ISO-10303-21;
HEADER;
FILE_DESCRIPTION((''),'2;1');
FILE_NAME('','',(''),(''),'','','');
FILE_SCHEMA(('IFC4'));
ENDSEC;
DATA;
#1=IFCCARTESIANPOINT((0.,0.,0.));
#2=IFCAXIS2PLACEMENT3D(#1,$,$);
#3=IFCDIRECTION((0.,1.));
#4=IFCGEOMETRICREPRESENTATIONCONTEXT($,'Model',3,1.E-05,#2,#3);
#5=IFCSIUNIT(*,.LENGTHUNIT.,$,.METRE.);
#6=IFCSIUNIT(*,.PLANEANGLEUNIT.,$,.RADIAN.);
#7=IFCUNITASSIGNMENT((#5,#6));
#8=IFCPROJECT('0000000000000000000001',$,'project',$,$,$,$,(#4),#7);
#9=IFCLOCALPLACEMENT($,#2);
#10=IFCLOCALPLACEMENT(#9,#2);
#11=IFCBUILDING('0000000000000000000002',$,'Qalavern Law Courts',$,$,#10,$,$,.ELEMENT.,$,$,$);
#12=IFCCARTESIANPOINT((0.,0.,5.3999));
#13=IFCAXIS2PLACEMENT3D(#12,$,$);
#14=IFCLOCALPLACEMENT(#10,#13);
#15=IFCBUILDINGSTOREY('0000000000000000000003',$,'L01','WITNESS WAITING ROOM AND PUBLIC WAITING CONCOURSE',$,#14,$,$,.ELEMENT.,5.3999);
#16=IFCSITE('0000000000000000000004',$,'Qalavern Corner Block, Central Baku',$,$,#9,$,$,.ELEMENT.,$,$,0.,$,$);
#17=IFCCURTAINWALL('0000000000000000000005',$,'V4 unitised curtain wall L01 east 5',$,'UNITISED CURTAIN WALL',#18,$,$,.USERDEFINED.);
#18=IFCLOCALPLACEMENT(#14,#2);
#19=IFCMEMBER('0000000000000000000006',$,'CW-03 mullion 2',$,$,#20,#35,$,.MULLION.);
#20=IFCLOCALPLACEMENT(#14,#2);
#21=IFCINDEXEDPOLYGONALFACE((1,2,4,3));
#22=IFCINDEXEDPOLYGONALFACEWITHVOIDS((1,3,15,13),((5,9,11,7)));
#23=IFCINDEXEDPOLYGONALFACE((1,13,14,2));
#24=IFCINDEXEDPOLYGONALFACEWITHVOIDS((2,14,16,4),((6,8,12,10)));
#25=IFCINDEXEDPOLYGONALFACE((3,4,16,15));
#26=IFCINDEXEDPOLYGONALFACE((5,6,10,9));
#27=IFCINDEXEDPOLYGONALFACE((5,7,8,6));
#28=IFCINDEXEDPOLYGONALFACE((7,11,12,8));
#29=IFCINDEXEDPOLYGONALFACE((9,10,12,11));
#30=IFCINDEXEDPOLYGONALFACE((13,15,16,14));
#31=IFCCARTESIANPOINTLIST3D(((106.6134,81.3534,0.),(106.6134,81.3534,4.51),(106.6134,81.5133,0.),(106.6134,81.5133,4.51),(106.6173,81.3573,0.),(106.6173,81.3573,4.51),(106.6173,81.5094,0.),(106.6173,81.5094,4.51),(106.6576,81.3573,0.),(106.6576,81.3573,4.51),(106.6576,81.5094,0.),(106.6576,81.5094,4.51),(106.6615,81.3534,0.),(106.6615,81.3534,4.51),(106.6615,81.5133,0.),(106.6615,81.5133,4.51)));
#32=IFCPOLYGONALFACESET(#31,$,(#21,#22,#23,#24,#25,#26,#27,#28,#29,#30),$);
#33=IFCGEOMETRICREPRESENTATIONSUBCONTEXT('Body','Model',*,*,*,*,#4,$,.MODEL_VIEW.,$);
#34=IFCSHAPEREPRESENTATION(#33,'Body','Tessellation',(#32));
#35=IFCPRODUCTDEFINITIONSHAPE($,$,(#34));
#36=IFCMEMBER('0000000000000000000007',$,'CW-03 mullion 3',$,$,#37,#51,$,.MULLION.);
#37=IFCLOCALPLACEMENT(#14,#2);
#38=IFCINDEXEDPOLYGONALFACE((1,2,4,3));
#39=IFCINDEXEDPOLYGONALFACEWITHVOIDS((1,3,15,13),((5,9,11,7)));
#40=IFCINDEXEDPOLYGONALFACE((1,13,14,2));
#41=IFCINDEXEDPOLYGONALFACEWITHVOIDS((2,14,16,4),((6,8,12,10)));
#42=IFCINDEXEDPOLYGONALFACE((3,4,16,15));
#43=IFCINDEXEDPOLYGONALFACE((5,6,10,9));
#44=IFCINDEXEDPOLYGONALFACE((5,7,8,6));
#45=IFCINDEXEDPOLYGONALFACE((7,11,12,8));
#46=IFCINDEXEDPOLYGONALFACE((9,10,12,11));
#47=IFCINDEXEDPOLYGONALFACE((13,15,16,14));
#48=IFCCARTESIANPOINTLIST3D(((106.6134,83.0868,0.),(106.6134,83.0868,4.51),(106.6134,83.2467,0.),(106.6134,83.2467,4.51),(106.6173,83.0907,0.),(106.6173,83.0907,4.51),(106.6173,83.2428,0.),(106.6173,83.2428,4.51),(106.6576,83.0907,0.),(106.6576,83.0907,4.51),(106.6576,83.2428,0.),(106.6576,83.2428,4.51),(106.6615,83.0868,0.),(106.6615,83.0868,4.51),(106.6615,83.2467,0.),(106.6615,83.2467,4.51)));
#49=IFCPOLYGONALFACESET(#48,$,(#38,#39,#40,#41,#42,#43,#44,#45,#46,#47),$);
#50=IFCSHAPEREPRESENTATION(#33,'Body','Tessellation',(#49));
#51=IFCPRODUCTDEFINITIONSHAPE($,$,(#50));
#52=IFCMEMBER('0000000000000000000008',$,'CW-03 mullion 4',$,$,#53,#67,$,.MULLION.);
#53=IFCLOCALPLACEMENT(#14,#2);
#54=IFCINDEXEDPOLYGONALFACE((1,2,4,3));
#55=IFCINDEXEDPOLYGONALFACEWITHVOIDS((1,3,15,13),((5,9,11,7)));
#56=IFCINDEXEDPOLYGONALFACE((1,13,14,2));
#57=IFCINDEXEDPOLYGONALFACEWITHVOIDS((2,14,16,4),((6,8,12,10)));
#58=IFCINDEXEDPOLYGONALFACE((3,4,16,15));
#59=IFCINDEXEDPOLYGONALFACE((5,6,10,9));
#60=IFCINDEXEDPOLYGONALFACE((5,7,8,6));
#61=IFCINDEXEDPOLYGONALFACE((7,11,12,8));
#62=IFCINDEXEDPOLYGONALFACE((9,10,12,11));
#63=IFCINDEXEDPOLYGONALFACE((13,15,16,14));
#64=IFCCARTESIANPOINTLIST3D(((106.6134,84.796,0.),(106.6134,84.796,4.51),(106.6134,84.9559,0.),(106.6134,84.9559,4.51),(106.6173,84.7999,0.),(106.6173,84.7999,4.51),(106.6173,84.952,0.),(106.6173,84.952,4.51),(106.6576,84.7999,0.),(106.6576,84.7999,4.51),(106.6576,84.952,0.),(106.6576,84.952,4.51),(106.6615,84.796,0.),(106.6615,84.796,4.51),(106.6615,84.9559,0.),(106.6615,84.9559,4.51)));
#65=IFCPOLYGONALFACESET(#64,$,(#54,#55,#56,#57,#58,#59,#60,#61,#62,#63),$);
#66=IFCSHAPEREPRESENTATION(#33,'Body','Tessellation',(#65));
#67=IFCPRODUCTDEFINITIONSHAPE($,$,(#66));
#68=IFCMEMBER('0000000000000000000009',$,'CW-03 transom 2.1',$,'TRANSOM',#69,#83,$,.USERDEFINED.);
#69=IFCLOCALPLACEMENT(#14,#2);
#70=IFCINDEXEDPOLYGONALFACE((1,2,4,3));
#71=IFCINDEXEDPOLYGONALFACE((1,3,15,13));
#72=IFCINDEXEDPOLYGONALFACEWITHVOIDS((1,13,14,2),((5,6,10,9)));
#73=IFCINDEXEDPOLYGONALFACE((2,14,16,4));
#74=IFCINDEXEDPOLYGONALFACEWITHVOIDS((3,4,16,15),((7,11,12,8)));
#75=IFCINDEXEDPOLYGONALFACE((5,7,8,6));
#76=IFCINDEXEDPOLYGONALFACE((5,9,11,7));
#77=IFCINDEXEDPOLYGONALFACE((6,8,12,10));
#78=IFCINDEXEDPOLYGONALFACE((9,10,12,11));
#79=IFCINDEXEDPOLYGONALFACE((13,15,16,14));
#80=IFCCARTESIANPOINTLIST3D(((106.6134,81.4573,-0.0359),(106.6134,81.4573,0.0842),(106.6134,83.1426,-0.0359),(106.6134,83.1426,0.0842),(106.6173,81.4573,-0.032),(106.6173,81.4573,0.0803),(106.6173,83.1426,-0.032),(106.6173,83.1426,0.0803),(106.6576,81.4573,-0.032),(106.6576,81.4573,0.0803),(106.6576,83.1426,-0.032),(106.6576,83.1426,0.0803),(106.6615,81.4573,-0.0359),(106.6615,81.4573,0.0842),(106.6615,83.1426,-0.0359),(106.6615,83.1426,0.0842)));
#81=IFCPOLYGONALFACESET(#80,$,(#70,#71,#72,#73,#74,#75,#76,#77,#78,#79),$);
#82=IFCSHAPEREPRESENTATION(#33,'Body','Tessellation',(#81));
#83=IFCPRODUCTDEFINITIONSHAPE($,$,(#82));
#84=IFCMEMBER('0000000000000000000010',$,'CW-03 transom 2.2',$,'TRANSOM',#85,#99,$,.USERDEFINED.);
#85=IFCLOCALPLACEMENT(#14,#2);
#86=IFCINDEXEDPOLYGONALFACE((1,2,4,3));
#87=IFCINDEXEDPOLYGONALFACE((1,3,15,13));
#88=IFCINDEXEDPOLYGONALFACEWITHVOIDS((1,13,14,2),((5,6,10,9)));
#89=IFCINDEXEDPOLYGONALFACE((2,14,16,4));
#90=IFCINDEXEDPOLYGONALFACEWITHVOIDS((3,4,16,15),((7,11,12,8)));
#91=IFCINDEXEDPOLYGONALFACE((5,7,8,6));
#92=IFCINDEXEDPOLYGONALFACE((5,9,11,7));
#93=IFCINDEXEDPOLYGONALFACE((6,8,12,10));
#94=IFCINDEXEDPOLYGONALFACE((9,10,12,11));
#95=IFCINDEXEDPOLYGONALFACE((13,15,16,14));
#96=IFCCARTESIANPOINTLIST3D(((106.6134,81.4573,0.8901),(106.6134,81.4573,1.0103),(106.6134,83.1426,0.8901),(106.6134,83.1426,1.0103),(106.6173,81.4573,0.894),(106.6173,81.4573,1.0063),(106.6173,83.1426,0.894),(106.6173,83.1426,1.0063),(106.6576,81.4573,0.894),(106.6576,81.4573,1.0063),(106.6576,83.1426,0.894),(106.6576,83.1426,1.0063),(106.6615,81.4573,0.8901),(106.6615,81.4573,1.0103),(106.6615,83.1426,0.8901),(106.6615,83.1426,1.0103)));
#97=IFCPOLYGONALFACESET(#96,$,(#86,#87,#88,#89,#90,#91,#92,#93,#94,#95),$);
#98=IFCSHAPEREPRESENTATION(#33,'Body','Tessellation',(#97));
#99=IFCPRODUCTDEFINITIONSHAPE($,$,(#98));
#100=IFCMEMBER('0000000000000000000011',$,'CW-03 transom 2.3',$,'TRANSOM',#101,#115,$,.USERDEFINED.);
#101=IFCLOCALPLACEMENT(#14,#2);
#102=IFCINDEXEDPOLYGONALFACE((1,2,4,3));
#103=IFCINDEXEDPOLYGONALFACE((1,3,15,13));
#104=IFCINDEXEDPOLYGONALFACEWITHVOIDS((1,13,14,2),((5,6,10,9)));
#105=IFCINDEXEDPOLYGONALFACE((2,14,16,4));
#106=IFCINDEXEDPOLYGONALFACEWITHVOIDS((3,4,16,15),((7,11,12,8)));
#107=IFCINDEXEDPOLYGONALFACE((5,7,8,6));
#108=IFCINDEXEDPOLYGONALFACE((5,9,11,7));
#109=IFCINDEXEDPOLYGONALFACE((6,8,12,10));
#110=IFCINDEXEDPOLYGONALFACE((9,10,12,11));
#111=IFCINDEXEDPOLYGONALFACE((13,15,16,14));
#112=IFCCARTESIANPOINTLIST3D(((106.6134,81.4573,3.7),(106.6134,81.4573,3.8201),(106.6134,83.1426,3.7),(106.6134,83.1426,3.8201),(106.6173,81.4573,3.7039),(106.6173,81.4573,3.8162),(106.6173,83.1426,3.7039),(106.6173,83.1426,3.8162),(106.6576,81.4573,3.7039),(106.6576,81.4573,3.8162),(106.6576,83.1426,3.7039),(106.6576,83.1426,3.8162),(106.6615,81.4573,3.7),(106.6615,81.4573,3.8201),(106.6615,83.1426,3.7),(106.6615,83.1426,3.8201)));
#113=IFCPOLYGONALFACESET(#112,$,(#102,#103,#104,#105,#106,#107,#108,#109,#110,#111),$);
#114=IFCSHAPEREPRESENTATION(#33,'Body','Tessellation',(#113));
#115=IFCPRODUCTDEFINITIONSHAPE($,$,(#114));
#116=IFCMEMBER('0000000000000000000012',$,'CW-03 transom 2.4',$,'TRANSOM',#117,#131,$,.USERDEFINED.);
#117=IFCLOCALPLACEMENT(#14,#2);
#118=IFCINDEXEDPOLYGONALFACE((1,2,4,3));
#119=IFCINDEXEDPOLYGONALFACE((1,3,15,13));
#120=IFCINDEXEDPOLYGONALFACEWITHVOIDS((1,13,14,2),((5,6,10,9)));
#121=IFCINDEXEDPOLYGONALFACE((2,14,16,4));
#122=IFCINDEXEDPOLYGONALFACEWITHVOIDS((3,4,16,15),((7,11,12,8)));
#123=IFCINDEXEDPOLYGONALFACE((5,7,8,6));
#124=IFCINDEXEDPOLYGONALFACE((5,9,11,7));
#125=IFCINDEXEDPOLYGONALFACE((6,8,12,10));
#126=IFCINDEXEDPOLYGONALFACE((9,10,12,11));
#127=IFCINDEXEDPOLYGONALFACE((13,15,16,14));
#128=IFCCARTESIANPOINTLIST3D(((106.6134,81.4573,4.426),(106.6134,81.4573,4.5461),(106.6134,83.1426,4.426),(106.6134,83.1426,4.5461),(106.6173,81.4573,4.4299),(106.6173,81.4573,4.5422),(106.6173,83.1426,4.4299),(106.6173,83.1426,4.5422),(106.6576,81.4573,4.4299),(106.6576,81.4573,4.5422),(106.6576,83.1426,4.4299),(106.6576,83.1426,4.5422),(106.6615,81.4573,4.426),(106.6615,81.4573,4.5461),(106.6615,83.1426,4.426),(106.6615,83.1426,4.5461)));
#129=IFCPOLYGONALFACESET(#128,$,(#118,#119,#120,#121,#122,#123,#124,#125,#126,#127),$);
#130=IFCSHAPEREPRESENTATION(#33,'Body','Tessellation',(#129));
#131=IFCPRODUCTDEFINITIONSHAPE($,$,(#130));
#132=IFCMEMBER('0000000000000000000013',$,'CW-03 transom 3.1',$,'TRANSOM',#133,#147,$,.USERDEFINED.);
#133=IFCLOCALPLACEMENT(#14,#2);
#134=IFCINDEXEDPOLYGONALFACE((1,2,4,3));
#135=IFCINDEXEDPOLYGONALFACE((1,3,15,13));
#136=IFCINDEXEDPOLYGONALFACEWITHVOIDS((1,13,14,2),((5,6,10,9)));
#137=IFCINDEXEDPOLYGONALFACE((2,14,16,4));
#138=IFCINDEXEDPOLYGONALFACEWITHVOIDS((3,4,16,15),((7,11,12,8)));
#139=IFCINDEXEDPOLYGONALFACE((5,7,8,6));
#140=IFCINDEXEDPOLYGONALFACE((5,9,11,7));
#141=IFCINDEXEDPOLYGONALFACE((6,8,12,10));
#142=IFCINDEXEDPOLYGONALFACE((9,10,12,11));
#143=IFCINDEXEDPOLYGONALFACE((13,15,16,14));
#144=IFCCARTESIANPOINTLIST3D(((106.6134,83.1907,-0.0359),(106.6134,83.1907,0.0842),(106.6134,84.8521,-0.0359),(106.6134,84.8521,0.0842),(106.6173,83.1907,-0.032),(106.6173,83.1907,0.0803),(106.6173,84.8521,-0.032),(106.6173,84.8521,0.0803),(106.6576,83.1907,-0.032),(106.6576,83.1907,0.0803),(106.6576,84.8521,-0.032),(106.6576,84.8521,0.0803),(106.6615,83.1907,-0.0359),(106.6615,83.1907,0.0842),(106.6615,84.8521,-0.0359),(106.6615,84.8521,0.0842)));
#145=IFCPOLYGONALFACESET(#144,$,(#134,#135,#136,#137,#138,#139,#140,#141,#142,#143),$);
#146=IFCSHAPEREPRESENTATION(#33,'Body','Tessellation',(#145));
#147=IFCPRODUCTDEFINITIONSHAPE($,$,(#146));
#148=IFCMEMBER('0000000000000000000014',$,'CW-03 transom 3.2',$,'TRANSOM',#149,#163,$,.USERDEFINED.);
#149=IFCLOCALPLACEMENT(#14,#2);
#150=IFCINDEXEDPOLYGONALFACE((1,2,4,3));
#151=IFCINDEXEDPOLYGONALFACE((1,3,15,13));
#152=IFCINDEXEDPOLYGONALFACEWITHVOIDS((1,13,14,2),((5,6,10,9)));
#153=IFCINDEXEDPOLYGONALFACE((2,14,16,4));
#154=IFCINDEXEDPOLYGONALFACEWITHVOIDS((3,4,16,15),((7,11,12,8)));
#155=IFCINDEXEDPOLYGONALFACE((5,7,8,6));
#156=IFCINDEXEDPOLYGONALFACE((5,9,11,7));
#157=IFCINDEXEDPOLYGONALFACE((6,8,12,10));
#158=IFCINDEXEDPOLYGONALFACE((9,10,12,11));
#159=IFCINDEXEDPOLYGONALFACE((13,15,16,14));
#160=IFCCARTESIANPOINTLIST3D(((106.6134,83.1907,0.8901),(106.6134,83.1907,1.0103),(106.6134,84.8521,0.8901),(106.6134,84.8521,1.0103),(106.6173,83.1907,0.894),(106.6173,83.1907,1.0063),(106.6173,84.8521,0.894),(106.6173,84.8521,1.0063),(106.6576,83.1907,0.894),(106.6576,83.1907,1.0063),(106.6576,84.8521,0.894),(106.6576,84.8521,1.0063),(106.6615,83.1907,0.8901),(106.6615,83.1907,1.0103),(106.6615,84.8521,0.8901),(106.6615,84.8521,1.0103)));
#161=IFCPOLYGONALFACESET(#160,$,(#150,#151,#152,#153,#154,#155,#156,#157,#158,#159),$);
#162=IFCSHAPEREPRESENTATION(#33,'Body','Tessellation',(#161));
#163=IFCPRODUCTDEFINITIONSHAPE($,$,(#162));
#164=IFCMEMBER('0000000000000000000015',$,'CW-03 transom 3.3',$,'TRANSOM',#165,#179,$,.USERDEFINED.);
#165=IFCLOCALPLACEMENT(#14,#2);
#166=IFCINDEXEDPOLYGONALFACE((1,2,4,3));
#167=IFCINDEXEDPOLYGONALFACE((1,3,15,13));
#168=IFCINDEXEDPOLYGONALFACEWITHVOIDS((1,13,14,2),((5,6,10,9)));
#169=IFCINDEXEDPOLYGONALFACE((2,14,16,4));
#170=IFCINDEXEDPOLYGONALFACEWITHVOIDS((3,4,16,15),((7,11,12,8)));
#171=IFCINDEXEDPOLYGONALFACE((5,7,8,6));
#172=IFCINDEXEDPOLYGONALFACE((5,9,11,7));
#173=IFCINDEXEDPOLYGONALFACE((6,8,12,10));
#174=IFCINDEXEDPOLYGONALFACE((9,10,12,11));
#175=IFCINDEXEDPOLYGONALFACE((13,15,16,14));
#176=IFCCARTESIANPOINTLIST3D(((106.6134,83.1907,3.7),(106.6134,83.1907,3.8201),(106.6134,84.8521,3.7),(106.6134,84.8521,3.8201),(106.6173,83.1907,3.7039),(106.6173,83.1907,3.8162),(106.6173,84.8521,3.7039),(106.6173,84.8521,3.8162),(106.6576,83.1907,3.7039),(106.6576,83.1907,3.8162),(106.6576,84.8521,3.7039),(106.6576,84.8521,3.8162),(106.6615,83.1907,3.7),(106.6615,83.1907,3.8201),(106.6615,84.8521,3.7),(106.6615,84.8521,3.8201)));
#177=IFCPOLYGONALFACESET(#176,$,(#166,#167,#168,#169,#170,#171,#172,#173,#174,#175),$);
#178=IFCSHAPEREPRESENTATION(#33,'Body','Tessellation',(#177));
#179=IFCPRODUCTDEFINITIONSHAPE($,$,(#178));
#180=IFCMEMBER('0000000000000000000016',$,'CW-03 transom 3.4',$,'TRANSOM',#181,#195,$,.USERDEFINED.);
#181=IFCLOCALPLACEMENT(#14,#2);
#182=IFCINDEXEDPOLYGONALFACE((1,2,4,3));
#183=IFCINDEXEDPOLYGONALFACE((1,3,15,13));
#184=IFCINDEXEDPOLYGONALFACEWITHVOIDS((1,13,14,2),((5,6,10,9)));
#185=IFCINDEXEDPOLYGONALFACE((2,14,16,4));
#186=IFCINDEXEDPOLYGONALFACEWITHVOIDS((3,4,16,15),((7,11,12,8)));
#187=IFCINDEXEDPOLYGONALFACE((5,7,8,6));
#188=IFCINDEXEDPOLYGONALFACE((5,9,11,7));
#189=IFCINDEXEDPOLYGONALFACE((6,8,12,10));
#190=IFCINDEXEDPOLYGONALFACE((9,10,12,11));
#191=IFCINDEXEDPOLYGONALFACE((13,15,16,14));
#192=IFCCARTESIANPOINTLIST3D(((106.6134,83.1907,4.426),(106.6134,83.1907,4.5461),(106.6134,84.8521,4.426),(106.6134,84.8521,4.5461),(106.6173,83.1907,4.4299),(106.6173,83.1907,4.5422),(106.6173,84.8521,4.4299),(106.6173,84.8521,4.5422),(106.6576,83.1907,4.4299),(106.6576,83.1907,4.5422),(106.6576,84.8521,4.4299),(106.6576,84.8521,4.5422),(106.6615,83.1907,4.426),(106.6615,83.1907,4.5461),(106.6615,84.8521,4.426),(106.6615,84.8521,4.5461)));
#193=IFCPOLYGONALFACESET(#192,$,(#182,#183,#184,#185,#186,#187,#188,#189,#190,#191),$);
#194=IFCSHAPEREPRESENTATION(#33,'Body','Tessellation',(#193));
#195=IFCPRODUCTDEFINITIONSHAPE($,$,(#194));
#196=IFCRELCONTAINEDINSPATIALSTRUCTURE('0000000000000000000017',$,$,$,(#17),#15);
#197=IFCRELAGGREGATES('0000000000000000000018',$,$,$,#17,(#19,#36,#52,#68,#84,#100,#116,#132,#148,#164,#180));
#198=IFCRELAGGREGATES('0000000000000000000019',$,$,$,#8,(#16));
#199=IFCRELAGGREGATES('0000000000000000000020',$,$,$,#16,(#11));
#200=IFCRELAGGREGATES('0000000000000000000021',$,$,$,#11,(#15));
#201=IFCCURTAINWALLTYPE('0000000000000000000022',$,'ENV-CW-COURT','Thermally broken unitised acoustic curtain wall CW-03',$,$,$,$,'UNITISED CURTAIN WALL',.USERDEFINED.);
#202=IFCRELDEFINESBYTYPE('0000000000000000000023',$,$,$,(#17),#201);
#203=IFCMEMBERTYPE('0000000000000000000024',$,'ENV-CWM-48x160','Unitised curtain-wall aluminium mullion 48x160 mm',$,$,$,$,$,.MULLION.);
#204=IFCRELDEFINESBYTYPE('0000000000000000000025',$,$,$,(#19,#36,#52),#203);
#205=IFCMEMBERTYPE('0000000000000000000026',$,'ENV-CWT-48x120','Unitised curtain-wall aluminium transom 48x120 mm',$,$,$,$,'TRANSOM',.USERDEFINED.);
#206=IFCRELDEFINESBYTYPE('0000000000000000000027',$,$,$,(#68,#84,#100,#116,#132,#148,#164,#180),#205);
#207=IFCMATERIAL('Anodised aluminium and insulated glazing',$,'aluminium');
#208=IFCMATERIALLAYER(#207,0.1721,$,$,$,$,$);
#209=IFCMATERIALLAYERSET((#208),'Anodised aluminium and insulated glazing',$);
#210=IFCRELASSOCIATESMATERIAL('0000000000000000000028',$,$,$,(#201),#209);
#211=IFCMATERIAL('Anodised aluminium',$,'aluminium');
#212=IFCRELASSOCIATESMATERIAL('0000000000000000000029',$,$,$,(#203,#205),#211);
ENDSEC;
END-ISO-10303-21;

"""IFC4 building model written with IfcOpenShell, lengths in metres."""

from ifc_helpers import new_model, si_unit, direction, frame, origin, origin_2d, place, context, subcontext, project, spatial, hollow_rectangle, extrude, material, layer, layer_set, material_profile, profile_set, type_object, element, aggregate, save


model = new_model("IFC4")

# Units and contexts
model_context = context("Model", 3, precision=1e-05, world=origin(), true_north=direction((0.0, 1.0)))
body_context = subcontext(model_context, "Body", "Model", "MODEL_VIEW")
ifc_project = project(units=[si_unit("LENGTHUNIT", "METRE"), si_unit("PLANEANGLEUNIT", "RADIAN")], contexts=[model_context])

# Site, building, storey
site_placement = place(None, origin())
site = spatial("IfcSite", under=ifc_project, at=site_placement, Name="Qalavern Corner Block, Central Baku", CompositionType="ELEMENT", RefElevation=0.0)
building_placement = place(site_placement, origin())
building = spatial("IfcBuilding", under=site, at=building_placement, Name="Qalavern Law Courts", CompositionType="ELEMENT")
storey_placement = place(building_placement, frame((0.0, 0.0, 5.3999)))
storey = spatial("IfcBuildingStorey", under=building, at=storey_placement, Name="L01", Description="WITNESS WAITING ROOM AND PUBLIC WAITING CONCOURSE", CompositionType="ELEMENT", Elevation=5.3999)

# Curtain wall, members
ifc_material_1 = material(Name="Anodised aluminium and insulated glazing", Category="aluminium")
ifc_layer_1 = layer(ifc_material_1, 0.1721)
ifc_layer_set_1 = layer_set([ifc_layer_1], Name="Anodised aluminium and insulated glazing")
curtain_wall_type = type_object("IfcCurtainWallType", Name="ENV-CW-COURT", Description="Thermally broken unitised acoustic curtain wall CW-03", ElementType="UNITISED CURTAIN WALL", PredefinedType="USERDEFINED", material=ifc_layer_set_1)
curtain_wall_placement = place(storey_placement, origin())
curtain_wall = element("IfcCurtainWall", 1, at=curtain_wall_placement, inside=storey, type_object=curtain_wall_type, Name="V4 unitised curtain wall L01 east 5", ObjectType="UNITISED CURTAIN WALL", PredefinedType="USERDEFINED")
ifc_material_2 = material(Name="Anodised aluminium", Category="aluminium")
ifc_material_profile_1 = material_profile(ifc_material_2, hollow_rectangle(XDim=0.0481, YDim=0.1599, WallThickness=0.0039, at=origin_2d()), Name="ALU MULLION 48x160")
ifc_profile_set_1 = profile_set([ifc_material_profile_1], Name="Anodised aluminium")
member_type_1 = type_object("IfcMemberType", Name="ENV-CWM-48x160", Description="Unitised curtain-wall aluminium mullion 48x160 mm", PredefinedType="MULLION", material=ifc_profile_set_1)
member_1_placement = place(storey_placement, frame((106.6375, 81.4333, 0.0), z_axis=(0.0, 0.0, 1.0), x_axis=(-1.0, 0.0, 0.0)))
member_1 = element("IfcMember", 2, at=member_1_placement, type_object=member_type_1, Name="CW-03 mullion 2", PredefinedType="MULLION", context=body_context, shape_type="SweptSolid", body=[
    extrude(hollow_rectangle(XDim=0.0481, YDim=0.1599, WallThickness=0.0039, at=origin_2d()), origin(), (0.0, 0.0, 1.0), 4.51),
])
member_2_placement = place(storey_placement, frame((106.6375, 83.1667, 0.0), z_axis=(0.0, 0.0, 1.0), x_axis=(-1.0, 0.0, 0.0)))
member_2 = element("IfcMember", 3, at=member_2_placement, type_object=member_type_1, Name="CW-03 mullion 3", PredefinedType="MULLION", context=body_context, shape_type="SweptSolid", body=[
    extrude(hollow_rectangle(XDim=0.0481, YDim=0.1599, WallThickness=0.0039, at=origin_2d()), origin(), (0.0, 0.0, 1.0), 4.51),
])
member_3_placement = place(storey_placement, frame((106.6375, 84.876, 0.0), z_axis=(0.0, 0.0, 1.0), x_axis=(-1.0, 0.0, 0.0)))
member_3 = element("IfcMember", 4, at=member_3_placement, type_object=member_type_1, Name="CW-03 mullion 4", PredefinedType="MULLION", context=body_context, shape_type="SweptSolid", body=[
    extrude(hollow_rectangle(XDim=0.0481, YDim=0.1599, WallThickness=0.0039, at=origin_2d()), origin(), (0.0, 0.0, 1.0), 4.51),
])
ifc_material_profile_2 = material_profile(ifc_material_2, hollow_rectangle(XDim=0.0481, YDim=0.1201, WallThickness=0.0039, at=origin_2d()), Name="ALU TRANSOM 48x120")
ifc_profile_set_2 = profile_set([ifc_material_profile_2], Name="Anodised aluminium")
member_type_2 = type_object("IfcMemberType", Name="ENV-CWT-48x120", Description="Unitised curtain-wall aluminium transom 48x120 mm", ElementType="TRANSOM", PredefinedType="USERDEFINED", material=ifc_profile_set_2)
member_4_placement = place(storey_placement, frame((106.6375, 81.4573, 0.0242), z_axis=(0.0, 1.0, 0.0), x_axis=(-1.0, 0.0, 0.0)))
member_4 = element("IfcMember", 5, at=member_4_placement, type_object=member_type_2, Name="CW-03 transom 2.1", ObjectType="TRANSOM", PredefinedType="USERDEFINED", context=body_context, shape_type="SweptSolid", body=[
    extrude(hollow_rectangle(XDim=0.0481, YDim=0.1201, WallThickness=0.0039, at=origin_2d()), origin(), (0.0, 0.0, 1.0), 1.6853),
])
member_5_placement = place(storey_placement, frame((106.6375, 81.4573, 0.9502), z_axis=(0.0, 1.0, 0.0), x_axis=(-1.0, 0.0, 0.0)))
member_5 = element("IfcMember", 6, at=member_5_placement, type_object=member_type_2, Name="CW-03 transom 2.2", ObjectType="TRANSOM", PredefinedType="USERDEFINED", context=body_context, shape_type="SweptSolid", body=[
    extrude(hollow_rectangle(XDim=0.0481, YDim=0.1201, WallThickness=0.0039, at=origin_2d()), origin(), (0.0, 0.0, 1.0), 1.6853),
])
member_6_placement = place(storey_placement, frame((106.6375, 81.4573, 3.76), z_axis=(0.0, 1.0, 0.0), x_axis=(-1.0, 0.0, 0.0)))
member_6 = element("IfcMember", 7, at=member_6_placement, type_object=member_type_2, Name="CW-03 transom 2.3", ObjectType="TRANSOM", PredefinedType="USERDEFINED", context=body_context, shape_type="SweptSolid", body=[
    extrude(hollow_rectangle(XDim=0.0481, YDim=0.1201, WallThickness=0.0039, at=origin_2d()), origin(), (0.0, 0.0, 1.0), 1.6853),
])
member_7_placement = place(storey_placement, frame((106.6375, 81.4573, 4.4861), z_axis=(0.0, 1.0, 0.0), x_axis=(-1.0, 0.0, 0.0)))
member_7 = element("IfcMember", 8, at=member_7_placement, type_object=member_type_2, Name="CW-03 transom 2.4", ObjectType="TRANSOM", PredefinedType="USERDEFINED", context=body_context, shape_type="SweptSolid", body=[
    extrude(hollow_rectangle(XDim=0.0481, YDim=0.1201, WallThickness=0.0039, at=origin_2d()), origin(), (0.0, 0.0, 1.0), 1.6853),
])
member_8_placement = place(storey_placement, frame((106.6375, 83.1907, 0.0242), z_axis=(0.0, 1.0, 0.0), x_axis=(-1.0, 0.0, 0.0)))
member_8 = element("IfcMember", 9, at=member_8_placement, type_object=member_type_2, Name="CW-03 transom 3.1", ObjectType="TRANSOM", PredefinedType="USERDEFINED", context=body_context, shape_type="SweptSolid", body=[
    extrude(hollow_rectangle(XDim=0.0481, YDim=0.1201, WallThickness=0.0039, at=origin_2d()), origin(), (0.0, 0.0, 1.0), 1.6614),
])
member_9_placement = place(storey_placement, frame((106.6375, 83.1907, 0.9502), z_axis=(0.0, 1.0, 0.0), x_axis=(-1.0, 0.0, 0.0)))
member_9 = element("IfcMember", 10, at=member_9_placement, type_object=member_type_2, Name="CW-03 transom 3.2", ObjectType="TRANSOM", PredefinedType="USERDEFINED", context=body_context, shape_type="SweptSolid", body=[
    extrude(hollow_rectangle(XDim=0.0481, YDim=0.1201, WallThickness=0.0039, at=origin_2d()), origin(), (0.0, 0.0, 1.0), 1.6614),
])
member_10_placement = place(storey_placement, frame((106.6375, 83.1907, 3.76), z_axis=(0.0, 1.0, 0.0), x_axis=(-1.0, 0.0, 0.0)))
member_10 = element("IfcMember", 11, at=member_10_placement, type_object=member_type_2, Name="CW-03 transom 3.3", ObjectType="TRANSOM", PredefinedType="USERDEFINED", context=body_context, shape_type="SweptSolid", body=[
    extrude(hollow_rectangle(XDim=0.0481, YDim=0.1201, WallThickness=0.0039, at=origin_2d()), origin(), (0.0, 0.0, 1.0), 1.6614),
])
member_11_placement = place(storey_placement, frame((106.6375, 83.1907, 4.4861), z_axis=(0.0, 1.0, 0.0), x_axis=(-1.0, 0.0, 0.0)))
member_11 = element("IfcMember", 12, at=member_11_placement, type_object=member_type_2, Name="CW-03 transom 3.4", ObjectType="TRANSOM", PredefinedType="USERDEFINED", context=body_context, shape_type="SweptSolid", body=[
    extrude(hollow_rectangle(XDim=0.0481, YDim=0.1201, WallThickness=0.0039, at=origin_2d()), origin(), (0.0, 0.0, 1.0), 1.6614),
])
aggregate(curtain_wall, [member_1, member_2, member_3, member_4, member_5, member_6, member_7, member_8, member_9, member_10, member_11])

save(model, "model.ifc")
